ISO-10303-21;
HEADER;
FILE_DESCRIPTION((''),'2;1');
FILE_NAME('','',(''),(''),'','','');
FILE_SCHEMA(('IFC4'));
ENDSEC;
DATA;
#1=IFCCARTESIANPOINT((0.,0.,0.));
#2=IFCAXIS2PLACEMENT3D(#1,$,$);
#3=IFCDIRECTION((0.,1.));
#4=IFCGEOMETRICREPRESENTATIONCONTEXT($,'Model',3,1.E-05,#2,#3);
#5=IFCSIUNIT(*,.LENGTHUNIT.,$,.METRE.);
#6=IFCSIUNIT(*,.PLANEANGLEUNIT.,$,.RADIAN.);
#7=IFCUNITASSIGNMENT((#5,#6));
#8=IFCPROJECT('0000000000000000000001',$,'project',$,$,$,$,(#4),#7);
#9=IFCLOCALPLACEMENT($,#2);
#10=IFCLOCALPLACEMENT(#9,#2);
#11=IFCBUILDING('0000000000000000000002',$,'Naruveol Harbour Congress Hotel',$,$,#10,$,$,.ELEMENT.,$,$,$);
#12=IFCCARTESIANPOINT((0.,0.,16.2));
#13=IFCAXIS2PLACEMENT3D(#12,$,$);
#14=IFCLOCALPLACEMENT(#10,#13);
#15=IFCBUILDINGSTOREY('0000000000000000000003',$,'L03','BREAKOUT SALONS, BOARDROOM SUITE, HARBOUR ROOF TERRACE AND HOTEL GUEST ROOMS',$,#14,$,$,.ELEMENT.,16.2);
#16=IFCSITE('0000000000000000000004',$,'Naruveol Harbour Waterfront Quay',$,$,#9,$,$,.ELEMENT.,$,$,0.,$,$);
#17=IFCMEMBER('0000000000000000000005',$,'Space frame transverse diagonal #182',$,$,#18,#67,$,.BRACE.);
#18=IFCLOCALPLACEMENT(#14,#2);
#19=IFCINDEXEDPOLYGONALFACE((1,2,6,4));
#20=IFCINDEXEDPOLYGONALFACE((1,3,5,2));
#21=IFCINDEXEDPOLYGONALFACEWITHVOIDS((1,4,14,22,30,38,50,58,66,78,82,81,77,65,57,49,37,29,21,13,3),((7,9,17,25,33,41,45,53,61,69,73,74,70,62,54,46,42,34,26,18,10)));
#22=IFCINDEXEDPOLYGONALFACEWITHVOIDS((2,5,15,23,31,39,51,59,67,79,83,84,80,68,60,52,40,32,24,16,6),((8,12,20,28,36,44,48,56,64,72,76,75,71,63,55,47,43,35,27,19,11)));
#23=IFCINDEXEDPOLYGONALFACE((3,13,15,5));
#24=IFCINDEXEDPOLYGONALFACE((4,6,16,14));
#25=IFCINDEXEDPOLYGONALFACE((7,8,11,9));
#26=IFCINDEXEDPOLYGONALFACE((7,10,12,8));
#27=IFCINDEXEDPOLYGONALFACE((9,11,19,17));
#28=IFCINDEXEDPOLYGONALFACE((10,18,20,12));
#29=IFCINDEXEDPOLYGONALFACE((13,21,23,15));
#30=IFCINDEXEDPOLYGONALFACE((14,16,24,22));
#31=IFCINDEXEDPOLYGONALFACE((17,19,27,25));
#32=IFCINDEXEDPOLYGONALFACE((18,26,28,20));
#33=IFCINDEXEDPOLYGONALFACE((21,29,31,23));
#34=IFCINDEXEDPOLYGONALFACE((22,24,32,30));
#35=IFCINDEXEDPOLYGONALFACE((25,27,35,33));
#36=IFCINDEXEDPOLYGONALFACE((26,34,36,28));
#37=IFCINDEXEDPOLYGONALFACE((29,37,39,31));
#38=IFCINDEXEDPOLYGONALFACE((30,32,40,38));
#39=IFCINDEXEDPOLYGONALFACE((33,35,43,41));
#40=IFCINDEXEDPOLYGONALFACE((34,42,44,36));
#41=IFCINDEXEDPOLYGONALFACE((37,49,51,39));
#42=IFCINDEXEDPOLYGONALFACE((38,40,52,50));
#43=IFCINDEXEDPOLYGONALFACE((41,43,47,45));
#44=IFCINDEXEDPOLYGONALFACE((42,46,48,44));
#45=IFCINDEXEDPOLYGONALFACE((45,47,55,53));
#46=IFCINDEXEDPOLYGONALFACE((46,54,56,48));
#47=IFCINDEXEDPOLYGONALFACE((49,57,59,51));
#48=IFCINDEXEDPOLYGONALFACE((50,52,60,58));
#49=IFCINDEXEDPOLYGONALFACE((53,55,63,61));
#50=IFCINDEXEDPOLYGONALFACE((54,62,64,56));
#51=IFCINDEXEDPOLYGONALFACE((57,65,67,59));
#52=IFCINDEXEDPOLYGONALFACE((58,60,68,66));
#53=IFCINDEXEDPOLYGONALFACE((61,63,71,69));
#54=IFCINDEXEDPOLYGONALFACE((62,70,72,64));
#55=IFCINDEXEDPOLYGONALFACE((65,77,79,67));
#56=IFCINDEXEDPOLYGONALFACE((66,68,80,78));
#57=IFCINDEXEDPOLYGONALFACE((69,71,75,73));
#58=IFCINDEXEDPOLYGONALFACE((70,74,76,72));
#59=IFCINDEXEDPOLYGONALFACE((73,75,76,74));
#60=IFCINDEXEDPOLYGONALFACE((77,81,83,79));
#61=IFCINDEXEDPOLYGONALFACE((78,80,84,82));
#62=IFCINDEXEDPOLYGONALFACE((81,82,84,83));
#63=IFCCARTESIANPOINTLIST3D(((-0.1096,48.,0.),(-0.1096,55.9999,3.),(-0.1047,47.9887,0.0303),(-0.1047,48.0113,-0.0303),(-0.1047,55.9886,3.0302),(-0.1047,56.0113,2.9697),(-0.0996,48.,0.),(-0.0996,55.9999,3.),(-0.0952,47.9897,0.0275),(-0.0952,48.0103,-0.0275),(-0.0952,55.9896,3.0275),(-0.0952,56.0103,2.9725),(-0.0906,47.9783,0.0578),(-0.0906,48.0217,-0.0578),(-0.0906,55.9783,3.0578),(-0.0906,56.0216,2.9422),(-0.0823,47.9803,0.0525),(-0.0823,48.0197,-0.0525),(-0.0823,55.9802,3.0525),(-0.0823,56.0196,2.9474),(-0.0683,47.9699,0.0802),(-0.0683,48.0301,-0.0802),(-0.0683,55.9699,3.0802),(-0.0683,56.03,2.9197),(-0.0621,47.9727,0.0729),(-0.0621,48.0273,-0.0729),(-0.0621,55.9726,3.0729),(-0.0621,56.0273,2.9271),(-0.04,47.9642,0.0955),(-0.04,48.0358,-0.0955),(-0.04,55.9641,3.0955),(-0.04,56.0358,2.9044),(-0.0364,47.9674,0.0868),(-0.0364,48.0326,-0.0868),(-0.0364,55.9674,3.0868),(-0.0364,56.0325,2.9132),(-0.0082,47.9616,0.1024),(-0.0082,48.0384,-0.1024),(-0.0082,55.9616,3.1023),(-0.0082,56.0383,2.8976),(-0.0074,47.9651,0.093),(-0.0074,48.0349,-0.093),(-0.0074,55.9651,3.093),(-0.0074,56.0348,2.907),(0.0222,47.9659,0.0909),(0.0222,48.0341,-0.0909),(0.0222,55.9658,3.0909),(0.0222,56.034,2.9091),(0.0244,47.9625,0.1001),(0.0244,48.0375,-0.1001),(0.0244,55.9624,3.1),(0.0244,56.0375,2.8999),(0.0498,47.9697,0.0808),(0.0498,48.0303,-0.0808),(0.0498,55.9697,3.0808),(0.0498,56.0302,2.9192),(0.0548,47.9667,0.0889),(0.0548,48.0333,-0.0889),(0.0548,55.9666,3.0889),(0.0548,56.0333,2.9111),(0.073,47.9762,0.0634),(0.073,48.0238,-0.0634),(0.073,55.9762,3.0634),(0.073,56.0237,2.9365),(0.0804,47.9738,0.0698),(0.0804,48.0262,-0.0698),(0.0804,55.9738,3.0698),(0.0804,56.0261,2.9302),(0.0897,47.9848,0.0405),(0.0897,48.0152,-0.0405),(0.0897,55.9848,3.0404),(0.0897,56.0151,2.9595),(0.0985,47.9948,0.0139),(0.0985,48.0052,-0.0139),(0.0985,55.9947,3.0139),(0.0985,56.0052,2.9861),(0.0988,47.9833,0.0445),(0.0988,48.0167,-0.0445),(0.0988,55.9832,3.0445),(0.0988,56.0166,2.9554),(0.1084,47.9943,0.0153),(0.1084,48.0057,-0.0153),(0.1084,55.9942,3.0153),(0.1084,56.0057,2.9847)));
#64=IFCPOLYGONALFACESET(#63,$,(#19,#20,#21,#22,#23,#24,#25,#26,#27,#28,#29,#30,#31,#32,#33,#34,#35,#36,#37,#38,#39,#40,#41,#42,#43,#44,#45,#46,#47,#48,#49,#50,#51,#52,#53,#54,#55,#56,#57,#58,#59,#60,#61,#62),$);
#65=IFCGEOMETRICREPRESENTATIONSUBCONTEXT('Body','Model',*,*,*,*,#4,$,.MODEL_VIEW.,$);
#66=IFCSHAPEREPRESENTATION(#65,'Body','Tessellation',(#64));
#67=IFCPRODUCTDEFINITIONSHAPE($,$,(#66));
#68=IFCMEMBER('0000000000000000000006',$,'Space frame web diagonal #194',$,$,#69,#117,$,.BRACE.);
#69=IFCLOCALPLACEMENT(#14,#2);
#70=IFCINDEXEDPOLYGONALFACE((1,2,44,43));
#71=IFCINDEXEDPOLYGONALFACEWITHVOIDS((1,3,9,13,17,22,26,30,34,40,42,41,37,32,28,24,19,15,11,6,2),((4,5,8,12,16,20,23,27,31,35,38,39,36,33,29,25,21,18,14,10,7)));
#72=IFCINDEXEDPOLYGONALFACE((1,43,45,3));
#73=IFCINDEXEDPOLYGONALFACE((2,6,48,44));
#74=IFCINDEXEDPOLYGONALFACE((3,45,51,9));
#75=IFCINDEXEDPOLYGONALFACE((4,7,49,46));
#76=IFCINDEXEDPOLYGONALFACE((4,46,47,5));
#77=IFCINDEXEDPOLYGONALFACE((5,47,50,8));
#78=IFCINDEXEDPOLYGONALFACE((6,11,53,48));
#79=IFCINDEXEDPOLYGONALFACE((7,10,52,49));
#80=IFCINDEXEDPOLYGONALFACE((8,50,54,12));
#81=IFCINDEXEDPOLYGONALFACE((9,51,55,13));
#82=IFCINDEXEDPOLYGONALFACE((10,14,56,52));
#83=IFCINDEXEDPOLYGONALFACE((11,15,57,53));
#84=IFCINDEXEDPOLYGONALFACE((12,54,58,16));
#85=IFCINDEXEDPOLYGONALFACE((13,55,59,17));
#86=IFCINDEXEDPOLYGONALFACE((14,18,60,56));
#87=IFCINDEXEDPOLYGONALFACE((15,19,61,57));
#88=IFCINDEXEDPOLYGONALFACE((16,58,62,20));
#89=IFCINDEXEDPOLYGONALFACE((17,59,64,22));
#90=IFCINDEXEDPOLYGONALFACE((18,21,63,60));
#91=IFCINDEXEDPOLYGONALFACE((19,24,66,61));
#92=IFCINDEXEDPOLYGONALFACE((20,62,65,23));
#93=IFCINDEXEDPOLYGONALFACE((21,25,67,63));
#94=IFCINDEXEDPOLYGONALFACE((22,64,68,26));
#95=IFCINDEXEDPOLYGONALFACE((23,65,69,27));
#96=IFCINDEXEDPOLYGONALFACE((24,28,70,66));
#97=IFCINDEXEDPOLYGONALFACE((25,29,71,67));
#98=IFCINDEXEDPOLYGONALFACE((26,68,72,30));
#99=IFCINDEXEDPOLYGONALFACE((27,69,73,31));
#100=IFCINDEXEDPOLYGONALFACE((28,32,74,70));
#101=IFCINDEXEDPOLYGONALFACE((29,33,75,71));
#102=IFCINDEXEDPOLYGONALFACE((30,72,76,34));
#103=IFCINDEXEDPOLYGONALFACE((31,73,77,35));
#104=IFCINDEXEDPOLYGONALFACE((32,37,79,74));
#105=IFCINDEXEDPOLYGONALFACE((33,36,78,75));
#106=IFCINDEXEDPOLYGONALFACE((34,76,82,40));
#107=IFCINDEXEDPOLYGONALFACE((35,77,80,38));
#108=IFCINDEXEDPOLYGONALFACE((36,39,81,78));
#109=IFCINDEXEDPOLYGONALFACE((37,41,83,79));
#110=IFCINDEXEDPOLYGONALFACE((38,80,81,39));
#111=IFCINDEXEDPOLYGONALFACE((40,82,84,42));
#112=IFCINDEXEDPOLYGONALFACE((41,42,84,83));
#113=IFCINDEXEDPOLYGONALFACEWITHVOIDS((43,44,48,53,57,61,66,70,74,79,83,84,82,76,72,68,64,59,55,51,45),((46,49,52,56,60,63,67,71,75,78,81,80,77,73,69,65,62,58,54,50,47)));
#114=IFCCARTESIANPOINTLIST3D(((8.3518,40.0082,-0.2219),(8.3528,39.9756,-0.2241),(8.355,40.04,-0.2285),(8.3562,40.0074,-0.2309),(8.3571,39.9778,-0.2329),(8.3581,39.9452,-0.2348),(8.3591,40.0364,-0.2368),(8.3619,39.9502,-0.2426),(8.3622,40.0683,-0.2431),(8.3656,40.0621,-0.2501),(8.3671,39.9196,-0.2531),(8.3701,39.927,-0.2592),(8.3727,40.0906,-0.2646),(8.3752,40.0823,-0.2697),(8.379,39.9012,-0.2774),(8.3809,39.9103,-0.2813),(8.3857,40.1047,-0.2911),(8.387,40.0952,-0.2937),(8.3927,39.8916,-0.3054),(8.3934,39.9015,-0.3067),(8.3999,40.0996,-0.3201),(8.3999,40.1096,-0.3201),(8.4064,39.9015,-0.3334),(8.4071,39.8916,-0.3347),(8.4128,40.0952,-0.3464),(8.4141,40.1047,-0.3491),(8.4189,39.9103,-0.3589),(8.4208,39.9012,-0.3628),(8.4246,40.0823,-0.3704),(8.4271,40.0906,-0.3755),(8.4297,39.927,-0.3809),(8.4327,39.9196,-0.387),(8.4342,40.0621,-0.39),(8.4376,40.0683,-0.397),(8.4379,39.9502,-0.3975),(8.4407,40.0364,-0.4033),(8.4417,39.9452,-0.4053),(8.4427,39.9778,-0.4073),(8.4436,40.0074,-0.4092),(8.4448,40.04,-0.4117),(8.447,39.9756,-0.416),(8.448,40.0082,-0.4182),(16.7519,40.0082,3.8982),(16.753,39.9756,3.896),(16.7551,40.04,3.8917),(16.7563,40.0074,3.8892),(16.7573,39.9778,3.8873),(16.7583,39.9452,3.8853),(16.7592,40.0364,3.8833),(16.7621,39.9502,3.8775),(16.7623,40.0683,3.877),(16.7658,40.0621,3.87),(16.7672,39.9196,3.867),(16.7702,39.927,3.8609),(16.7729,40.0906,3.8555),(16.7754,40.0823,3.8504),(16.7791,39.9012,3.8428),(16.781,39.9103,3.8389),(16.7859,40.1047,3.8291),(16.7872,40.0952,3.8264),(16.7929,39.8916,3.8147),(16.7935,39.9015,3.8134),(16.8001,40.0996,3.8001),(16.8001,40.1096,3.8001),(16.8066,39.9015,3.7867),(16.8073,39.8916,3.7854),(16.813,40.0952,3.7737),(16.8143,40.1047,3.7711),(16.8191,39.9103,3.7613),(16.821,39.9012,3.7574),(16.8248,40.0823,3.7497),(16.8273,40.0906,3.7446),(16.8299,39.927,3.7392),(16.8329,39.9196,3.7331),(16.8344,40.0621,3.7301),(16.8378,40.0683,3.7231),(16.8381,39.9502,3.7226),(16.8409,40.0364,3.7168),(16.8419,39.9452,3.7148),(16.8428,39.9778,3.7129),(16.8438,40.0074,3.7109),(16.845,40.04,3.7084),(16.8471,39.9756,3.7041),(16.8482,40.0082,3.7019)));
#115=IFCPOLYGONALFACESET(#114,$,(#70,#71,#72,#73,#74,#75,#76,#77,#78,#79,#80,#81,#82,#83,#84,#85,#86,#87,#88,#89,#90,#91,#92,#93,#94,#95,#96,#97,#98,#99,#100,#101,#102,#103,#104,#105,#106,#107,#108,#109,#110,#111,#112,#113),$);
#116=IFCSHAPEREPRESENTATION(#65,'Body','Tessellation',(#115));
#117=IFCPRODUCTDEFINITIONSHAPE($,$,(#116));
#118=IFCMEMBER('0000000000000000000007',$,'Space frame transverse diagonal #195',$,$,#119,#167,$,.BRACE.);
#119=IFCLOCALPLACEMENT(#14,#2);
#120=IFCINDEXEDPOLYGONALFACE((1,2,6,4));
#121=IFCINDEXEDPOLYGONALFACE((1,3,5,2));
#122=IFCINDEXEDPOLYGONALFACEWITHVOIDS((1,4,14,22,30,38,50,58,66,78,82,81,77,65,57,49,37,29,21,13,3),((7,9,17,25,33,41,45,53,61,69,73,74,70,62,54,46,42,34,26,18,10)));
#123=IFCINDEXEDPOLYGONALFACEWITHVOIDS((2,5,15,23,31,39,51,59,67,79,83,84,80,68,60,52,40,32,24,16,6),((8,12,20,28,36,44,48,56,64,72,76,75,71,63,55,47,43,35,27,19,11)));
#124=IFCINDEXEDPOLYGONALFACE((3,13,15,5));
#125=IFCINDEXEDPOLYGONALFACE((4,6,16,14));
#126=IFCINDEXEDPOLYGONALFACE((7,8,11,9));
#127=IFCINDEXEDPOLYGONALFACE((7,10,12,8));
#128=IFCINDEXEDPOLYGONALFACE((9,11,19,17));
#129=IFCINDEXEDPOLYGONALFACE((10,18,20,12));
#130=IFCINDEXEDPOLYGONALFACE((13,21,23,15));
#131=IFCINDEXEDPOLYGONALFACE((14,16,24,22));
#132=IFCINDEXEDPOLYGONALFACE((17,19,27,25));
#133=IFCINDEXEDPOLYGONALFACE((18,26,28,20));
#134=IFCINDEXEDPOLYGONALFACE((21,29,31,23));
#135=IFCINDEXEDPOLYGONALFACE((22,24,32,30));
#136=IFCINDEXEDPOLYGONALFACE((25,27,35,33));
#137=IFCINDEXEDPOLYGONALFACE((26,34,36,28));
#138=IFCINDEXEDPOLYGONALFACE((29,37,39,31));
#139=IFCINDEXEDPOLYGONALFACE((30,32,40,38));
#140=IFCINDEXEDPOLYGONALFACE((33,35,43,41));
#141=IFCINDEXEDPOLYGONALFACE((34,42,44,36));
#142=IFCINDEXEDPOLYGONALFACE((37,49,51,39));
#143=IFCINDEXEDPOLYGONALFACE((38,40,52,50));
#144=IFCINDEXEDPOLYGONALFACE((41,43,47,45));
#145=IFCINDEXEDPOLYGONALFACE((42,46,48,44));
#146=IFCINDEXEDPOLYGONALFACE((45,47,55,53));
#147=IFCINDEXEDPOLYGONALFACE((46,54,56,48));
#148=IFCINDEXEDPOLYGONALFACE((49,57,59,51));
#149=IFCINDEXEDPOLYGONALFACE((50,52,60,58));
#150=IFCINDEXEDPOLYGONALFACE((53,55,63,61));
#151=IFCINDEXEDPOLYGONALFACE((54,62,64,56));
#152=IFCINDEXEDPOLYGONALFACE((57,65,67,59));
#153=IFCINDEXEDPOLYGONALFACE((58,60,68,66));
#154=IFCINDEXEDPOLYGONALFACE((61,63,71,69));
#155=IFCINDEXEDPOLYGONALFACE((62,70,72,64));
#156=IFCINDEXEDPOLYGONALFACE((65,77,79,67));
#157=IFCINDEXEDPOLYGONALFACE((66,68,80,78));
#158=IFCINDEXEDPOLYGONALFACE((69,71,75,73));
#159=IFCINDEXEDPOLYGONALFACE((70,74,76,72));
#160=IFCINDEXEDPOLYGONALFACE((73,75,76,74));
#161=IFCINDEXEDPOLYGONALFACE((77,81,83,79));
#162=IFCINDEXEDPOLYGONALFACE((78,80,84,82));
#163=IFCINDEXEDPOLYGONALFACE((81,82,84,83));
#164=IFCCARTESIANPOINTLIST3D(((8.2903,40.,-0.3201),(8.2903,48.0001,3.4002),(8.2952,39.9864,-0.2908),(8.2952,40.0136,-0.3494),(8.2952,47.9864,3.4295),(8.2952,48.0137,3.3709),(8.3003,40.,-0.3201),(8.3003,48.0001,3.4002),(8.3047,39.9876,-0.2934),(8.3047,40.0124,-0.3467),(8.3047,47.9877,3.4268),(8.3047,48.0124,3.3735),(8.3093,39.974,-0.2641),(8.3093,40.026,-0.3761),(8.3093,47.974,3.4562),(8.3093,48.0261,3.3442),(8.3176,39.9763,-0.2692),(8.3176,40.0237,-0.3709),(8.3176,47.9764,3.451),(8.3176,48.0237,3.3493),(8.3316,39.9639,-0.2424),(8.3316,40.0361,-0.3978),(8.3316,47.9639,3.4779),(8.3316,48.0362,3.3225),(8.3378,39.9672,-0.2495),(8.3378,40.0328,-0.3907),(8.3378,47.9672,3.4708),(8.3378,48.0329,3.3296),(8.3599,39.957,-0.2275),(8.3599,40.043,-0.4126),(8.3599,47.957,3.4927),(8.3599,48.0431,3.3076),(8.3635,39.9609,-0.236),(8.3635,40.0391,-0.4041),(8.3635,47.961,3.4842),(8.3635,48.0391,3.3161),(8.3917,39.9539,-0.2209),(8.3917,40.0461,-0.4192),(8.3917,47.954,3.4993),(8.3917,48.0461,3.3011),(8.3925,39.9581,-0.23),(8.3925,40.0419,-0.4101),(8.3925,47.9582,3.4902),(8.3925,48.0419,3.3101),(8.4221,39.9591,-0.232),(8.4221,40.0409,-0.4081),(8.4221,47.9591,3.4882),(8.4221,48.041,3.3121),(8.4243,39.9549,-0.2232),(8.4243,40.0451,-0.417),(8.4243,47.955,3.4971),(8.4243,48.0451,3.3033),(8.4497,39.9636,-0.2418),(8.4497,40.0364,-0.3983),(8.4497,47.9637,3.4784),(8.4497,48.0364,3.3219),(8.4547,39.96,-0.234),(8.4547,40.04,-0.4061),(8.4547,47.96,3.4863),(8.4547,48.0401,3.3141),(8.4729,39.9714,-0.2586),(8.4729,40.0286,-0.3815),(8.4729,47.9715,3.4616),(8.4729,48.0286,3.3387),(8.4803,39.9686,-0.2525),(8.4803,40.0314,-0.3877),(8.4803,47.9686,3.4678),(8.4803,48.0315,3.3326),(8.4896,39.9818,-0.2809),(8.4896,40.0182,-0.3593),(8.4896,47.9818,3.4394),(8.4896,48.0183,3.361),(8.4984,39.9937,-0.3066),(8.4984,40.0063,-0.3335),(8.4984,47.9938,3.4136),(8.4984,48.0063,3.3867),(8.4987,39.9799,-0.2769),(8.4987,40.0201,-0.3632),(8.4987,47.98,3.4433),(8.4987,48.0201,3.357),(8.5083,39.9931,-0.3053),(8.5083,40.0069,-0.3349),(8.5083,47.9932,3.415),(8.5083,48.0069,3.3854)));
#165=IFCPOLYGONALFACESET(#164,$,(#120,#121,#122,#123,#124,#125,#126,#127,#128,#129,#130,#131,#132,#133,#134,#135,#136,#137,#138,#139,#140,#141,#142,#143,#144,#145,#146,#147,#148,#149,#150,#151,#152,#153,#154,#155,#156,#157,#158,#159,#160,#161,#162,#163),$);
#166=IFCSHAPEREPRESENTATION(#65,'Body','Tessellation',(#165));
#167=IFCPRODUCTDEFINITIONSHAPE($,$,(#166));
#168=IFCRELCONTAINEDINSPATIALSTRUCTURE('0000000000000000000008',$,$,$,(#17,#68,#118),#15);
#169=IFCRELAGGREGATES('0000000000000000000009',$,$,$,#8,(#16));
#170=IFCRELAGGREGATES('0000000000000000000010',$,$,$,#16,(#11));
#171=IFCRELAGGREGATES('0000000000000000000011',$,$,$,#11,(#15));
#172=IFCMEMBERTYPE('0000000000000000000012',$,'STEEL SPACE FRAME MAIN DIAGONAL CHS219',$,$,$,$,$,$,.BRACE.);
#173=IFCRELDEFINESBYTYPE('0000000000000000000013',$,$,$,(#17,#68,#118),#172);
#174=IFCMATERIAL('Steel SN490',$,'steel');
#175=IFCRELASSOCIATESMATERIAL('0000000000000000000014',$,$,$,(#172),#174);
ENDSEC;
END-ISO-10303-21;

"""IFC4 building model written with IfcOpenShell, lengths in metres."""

from ifc_helpers import new_model, si_unit, direction, frame, origin, origin_2d, place, context, subcontext, project, spatial, hollow_circle, extrude, material, material_profile, profile_set, type_object, element, save


model = new_model("IFC4")

# Units and contexts
model_context = context("Model", 3, precision=1e-05, world=origin(), true_north=direction((0.0, 1.0)))
body_context = subcontext(model_context, "Body", "Model", "MODEL_VIEW")
ifc_project = project(units=[si_unit("LENGTHUNIT", "METRE"), si_unit("PLANEANGLEUNIT", "RADIAN")], contexts=[model_context])

# Site, building, storey
site_placement = place(None, origin())
site = spatial("IfcSite", under=ifc_project, at=site_placement, Name="Naruveol Harbour Waterfront Quay", CompositionType="ELEMENT", RefElevation=0.0)
building_placement = place(site_placement, origin())
building = spatial("IfcBuilding", under=site, at=building_placement, Name="Naruveol Harbour Congress Hotel", CompositionType="ELEMENT")
storey_placement = place(building_placement, frame((0.0, 0.0, 16.2)))
storey = spatial("IfcBuildingStorey", under=building, at=storey_placement, Name="L03", Description="BREAKOUT SALONS, BOARDROOM SUITE, HARBOUR ROOF TERRACE AND HOTEL GUEST ROOMS", CompositionType="ELEMENT", Elevation=16.2)

# Members
ifc_material_1 = material(Name="Steel SN490", Category="steel")
ifc_material_profile_1 = material_profile(ifc_material_1, hollow_circle(Radius=0.1096, WallThickness=0.01, at=origin_2d()), Name="CHS-219.1x10")
ifc_profile_set_1 = profile_set([ifc_material_profile_1], Name="Steel SN490")
member_type_1 = type_object("IfcMemberType", Name="STEEL SPACE FRAME MAIN DIAGONAL CHS219", PredefinedType="BRACE", material=ifc_profile_set_1)
member_1_placement = place(storey_placement, frame((0.0, 48.0, 0.0), z_axis=(0.0, 0.936329, 0.351123), x_axis=(-1.0, 0.0, 0.0)))
element("IfcMember", 1, at=member_1_placement, inside=storey, type_object=member_type_1, Name="Space frame transverse diagonal #182", PredefinedType="BRACE", context=body_context, shape_type="SweptSolid", body=[
    extrude(hollow_circle(Radius=0.1096, WallThickness=0.01, at=origin_2d()), origin(), (0.0, 0.0, 1.0), 8.5439),
])
member_2_placement = place(storey_placement, frame((8.3999, 40.0, -0.3201), z_axis=(0.897819, 0.0, 0.440364), x_axis=(0.0, 1.0, 0.0)))
element("IfcMember", 2, at=member_2_placement, inside=storey, type_object=member_type_1, Name="Space frame web diagonal #194", PredefinedType="BRACE", context=body_context, shape_type="SweptSolid", body=[
    extrude(hollow_circle(Radius=0.1096, WallThickness=0.01, at=origin_2d()), origin(), (0.0, 0.0, 1.0), 9.3562),
])
member_3_placement = place(storey_placement, frame((8.3999, 40.0, -0.3201), z_axis=(0.0, 0.906752, 0.421664), x_axis=(-1.0, 0.0, 0.0)))
element("IfcMember", 3, at=member_3_placement, inside=storey, type_object=member_type_1, Name="Space frame transverse diagonal #195", PredefinedType="BRACE", context=body_context, shape_type="SweptSolid", body=[
    extrude(hollow_circle(Radius=0.1096, WallThickness=0.01, at=origin_2d()), origin(), (0.0, 0.0, 1.0), 8.8228),
])

save(model, "model.ifc")
